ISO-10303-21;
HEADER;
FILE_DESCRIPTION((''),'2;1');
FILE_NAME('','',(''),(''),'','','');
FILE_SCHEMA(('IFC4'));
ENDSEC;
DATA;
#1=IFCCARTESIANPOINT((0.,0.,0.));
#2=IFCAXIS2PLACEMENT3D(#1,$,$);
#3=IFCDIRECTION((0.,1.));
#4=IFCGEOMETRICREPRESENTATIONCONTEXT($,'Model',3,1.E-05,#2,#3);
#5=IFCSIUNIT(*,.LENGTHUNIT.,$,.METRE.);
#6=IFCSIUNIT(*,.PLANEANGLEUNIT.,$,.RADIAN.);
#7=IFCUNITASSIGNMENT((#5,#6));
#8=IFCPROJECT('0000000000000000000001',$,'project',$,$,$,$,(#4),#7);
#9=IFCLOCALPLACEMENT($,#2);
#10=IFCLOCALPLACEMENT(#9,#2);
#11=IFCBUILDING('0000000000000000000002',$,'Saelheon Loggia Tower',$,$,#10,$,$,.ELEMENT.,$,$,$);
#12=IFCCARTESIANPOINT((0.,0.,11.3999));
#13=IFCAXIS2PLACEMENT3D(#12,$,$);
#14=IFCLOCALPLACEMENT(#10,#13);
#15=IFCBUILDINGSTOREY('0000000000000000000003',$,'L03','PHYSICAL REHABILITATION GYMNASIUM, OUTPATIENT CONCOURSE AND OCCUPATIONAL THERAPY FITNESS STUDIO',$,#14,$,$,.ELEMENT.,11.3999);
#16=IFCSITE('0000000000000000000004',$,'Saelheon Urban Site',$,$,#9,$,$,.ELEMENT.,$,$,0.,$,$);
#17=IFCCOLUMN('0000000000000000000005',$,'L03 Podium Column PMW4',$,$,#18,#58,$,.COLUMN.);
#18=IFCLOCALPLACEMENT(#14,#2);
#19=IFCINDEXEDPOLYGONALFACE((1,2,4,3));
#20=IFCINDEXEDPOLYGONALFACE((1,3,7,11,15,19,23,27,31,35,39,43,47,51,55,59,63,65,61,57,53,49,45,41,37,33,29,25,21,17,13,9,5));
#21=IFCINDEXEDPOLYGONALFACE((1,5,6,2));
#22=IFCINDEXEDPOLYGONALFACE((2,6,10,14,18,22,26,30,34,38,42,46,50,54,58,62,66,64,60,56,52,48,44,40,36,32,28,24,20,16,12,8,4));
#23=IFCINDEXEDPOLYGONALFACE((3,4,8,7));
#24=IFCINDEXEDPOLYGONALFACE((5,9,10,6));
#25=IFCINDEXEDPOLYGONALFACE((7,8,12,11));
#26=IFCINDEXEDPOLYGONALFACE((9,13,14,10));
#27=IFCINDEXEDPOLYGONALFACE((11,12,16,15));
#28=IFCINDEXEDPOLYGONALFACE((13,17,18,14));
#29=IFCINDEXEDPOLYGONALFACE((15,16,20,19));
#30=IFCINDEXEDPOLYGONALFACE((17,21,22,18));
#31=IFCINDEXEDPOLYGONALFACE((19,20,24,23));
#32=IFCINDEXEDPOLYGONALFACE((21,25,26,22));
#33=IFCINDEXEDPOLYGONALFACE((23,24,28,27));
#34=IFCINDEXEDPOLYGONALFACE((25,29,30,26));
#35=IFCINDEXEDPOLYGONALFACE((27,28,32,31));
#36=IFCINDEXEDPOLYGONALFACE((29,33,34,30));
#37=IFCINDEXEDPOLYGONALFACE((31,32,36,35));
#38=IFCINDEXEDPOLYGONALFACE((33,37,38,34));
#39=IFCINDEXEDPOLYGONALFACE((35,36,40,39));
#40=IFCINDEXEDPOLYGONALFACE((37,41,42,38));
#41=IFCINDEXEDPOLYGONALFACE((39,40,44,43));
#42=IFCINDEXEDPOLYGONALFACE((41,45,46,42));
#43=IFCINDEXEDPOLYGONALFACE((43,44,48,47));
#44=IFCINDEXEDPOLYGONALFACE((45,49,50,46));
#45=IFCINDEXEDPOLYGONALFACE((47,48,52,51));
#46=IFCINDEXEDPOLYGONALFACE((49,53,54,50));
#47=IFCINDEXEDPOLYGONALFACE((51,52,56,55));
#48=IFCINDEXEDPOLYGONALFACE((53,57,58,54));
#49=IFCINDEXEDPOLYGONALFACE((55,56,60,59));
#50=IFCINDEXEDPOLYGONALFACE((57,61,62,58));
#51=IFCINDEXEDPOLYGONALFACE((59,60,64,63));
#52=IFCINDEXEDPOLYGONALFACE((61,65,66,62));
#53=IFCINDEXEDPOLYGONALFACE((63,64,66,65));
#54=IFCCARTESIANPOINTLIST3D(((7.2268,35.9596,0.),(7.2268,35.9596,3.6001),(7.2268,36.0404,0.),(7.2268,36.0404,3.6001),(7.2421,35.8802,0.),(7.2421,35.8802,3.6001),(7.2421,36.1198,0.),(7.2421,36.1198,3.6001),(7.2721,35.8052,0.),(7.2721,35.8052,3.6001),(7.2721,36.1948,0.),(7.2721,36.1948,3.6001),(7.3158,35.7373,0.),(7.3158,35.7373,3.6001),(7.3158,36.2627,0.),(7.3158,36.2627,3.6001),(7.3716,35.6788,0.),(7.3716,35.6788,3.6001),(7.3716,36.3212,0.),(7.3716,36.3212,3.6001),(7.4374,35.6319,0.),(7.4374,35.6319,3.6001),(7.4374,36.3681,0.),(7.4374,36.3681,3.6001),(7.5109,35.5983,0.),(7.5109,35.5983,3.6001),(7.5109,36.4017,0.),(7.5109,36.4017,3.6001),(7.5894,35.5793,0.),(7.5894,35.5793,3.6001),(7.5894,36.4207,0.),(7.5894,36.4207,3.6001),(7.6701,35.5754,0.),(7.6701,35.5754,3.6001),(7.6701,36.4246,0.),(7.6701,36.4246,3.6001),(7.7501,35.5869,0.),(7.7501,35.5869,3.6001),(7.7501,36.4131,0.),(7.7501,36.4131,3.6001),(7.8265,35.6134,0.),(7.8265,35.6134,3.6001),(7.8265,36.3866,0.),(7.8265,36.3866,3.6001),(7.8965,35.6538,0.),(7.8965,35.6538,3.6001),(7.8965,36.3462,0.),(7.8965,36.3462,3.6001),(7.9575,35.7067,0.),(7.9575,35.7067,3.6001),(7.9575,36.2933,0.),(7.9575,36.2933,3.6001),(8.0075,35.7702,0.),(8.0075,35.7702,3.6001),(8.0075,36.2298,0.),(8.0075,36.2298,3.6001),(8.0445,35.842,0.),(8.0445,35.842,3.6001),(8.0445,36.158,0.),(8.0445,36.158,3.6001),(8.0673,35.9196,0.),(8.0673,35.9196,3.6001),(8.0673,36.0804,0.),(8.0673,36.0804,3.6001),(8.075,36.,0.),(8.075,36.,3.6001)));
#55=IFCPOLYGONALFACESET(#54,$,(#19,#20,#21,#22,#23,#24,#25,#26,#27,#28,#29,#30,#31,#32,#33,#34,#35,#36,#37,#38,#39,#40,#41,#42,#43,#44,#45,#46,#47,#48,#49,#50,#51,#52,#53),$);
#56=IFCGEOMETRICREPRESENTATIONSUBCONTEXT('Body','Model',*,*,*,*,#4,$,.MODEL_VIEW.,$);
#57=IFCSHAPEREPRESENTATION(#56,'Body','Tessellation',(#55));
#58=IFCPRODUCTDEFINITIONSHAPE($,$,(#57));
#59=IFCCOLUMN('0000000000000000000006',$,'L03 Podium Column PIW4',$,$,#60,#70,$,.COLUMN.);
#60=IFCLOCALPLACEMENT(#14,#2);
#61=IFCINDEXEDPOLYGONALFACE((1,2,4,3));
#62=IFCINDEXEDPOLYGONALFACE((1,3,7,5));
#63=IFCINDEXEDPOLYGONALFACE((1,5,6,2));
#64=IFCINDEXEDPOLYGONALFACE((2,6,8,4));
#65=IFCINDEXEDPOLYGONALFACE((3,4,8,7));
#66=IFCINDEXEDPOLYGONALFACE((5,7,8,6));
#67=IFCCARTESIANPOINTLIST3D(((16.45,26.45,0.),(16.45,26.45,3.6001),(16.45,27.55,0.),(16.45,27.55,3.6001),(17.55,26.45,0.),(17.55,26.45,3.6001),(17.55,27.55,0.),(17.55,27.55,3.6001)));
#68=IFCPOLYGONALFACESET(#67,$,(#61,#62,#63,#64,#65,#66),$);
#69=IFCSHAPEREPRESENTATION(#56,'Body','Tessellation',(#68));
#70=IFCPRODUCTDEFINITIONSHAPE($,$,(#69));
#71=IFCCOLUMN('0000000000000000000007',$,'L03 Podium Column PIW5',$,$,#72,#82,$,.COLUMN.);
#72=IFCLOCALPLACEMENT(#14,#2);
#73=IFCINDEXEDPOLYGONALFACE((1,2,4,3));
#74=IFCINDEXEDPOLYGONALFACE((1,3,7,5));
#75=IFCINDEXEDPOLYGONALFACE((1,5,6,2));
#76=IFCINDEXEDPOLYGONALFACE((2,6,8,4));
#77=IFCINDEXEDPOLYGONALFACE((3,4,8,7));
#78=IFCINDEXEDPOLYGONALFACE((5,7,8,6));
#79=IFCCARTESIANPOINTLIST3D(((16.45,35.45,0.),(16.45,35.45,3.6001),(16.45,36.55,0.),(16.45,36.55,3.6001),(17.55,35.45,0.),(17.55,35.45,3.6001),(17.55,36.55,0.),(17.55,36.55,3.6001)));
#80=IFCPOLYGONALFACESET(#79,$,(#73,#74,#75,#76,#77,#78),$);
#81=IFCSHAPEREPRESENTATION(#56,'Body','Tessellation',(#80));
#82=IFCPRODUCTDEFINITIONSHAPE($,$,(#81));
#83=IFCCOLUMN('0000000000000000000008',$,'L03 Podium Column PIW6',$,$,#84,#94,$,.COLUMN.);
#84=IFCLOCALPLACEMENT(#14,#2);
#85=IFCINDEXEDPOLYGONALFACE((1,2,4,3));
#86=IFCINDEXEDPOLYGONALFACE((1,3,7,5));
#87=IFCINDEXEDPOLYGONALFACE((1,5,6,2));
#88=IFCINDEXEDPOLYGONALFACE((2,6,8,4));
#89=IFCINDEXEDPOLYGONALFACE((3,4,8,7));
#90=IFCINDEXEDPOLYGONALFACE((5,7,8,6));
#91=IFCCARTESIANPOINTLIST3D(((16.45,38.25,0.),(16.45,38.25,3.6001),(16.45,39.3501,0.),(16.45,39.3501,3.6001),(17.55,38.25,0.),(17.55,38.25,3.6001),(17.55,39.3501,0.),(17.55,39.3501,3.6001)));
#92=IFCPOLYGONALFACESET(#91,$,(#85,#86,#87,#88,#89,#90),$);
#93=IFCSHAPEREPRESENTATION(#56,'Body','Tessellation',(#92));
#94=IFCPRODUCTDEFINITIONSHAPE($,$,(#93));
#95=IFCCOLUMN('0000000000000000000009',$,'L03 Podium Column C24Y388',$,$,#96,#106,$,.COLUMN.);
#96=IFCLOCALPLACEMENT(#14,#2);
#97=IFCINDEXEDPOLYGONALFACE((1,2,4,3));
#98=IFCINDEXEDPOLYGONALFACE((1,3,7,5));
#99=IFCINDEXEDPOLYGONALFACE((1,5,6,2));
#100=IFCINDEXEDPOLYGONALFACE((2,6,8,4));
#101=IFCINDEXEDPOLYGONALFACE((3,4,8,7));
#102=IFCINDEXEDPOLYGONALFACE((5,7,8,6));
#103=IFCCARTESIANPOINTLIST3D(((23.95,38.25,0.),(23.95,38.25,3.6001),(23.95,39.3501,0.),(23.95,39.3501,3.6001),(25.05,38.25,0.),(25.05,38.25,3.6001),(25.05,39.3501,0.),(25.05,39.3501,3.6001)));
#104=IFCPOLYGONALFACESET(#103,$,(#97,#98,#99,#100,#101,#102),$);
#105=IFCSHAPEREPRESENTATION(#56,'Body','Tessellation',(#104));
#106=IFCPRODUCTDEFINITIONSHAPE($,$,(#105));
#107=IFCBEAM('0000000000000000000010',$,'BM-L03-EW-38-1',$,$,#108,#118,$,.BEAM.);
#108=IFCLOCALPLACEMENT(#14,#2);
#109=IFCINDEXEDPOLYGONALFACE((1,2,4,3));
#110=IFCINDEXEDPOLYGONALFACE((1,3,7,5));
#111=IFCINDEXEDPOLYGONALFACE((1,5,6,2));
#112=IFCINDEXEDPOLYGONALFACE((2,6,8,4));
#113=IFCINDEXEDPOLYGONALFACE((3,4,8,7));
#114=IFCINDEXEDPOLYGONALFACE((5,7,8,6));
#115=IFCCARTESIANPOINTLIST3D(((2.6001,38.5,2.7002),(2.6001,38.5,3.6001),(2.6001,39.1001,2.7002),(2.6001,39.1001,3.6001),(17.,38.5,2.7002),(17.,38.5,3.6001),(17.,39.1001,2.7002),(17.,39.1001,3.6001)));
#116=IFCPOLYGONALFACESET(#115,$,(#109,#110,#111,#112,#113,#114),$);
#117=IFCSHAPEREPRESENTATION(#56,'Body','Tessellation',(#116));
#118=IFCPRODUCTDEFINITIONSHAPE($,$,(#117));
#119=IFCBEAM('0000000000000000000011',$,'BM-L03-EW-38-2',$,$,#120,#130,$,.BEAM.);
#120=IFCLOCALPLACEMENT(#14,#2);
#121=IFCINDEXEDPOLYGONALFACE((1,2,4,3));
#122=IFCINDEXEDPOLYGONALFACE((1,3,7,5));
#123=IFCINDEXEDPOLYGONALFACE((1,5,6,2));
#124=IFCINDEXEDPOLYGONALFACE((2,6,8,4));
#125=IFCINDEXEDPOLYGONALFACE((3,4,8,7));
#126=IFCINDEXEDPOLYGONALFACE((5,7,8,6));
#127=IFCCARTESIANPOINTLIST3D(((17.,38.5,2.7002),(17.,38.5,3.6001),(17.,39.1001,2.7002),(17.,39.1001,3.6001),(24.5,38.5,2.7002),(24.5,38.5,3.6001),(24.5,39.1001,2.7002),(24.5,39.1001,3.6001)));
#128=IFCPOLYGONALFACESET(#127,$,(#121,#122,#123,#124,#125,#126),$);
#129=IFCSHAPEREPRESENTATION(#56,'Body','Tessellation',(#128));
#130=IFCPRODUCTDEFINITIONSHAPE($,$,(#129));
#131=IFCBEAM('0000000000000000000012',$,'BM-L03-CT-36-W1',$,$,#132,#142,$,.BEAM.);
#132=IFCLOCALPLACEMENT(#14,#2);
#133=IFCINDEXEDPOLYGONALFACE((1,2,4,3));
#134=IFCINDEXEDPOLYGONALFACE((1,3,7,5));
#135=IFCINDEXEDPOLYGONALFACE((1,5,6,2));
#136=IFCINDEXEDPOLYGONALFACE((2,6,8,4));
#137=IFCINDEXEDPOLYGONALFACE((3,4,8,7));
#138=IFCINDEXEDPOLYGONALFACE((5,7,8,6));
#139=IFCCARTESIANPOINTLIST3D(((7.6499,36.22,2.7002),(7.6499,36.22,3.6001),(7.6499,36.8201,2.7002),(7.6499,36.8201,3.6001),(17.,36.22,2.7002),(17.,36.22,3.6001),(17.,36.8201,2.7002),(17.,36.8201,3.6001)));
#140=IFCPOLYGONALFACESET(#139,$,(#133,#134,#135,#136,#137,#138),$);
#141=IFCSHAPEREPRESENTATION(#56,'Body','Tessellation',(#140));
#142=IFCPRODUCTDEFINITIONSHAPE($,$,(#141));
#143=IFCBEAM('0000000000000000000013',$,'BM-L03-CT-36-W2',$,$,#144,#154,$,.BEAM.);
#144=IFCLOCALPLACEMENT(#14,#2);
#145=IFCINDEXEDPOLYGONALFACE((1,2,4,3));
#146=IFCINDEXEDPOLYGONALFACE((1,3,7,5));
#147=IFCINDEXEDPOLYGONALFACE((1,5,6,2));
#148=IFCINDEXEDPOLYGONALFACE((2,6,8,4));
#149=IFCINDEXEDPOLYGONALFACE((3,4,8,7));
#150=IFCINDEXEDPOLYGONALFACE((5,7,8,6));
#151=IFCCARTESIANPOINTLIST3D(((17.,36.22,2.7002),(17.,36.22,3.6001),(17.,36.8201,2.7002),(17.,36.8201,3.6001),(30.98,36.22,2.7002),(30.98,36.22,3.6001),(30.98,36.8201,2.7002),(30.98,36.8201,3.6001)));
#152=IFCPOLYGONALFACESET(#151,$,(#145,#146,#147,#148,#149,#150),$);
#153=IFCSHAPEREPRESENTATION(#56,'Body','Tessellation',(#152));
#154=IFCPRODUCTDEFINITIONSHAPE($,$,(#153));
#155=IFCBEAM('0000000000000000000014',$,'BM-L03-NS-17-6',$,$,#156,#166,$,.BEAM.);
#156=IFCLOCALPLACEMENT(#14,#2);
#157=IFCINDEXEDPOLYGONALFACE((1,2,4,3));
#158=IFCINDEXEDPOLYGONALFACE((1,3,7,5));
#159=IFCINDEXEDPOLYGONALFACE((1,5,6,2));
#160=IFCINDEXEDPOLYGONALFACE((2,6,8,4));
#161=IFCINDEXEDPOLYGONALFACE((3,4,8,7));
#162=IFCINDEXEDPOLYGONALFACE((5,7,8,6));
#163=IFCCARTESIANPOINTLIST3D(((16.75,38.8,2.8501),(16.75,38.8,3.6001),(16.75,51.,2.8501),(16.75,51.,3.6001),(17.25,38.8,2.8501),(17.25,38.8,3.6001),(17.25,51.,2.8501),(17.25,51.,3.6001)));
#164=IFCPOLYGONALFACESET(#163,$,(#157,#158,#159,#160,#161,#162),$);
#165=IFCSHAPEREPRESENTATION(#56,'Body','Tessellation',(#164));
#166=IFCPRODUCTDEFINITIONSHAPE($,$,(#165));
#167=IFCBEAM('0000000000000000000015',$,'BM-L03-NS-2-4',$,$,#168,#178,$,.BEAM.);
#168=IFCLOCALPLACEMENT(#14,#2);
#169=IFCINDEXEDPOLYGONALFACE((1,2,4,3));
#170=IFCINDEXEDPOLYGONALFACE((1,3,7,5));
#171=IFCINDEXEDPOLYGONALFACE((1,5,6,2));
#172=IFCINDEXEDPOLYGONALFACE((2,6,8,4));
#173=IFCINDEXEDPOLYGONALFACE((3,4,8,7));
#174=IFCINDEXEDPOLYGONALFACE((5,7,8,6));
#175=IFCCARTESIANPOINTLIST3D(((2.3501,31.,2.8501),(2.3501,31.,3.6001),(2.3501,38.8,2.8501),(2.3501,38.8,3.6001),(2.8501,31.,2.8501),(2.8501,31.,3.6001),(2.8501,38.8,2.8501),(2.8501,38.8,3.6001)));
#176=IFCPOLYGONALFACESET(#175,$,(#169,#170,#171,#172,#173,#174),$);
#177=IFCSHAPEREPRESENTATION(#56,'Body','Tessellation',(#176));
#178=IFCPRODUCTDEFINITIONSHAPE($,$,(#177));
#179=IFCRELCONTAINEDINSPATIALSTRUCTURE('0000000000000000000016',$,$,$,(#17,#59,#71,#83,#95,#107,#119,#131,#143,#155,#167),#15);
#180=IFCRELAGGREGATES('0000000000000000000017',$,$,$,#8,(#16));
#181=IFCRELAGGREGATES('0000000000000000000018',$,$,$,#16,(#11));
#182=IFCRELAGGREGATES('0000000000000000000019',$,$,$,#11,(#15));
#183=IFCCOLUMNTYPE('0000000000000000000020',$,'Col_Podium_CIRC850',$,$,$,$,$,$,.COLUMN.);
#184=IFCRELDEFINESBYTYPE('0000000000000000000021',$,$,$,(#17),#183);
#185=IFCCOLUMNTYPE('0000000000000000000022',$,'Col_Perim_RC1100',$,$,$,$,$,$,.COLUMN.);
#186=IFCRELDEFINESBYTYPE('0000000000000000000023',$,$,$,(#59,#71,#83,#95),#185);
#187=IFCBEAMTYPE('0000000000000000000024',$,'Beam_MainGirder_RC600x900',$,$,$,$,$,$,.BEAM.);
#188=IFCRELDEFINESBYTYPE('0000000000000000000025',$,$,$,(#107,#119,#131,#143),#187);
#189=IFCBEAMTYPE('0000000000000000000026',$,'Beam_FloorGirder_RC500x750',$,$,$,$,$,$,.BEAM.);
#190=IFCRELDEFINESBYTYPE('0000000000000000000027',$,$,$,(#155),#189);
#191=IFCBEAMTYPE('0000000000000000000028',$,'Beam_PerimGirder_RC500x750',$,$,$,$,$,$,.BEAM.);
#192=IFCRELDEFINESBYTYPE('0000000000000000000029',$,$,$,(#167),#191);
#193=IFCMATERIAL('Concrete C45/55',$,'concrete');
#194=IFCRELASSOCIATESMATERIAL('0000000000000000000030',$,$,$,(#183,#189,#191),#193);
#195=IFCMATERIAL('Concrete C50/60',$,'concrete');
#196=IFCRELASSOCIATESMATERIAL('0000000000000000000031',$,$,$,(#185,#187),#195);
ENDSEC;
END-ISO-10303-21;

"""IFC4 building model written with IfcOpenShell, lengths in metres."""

from ifc_helpers import new_model, si_unit, direction, frame, origin, origin_2d, place, context, subcontext, project, spatial, rectangle, circle, extrude, source, transform, mapped, material, material_profile, profile_set, type_object, element, save


model = new_model("IFC4")

# Units and contexts
model_context = context("Model", 3, precision=1e-05, world=origin(), true_north=direction((0.0, 1.0)))
body_context = subcontext(model_context, "Body", "Model", "MODEL_VIEW")
ifc_project = project(units=[si_unit("LENGTHUNIT", "METRE"), si_unit("PLANEANGLEUNIT", "RADIAN")], contexts=[model_context])

# Site, building, storey
site_placement = place(None, origin())
site = spatial("IfcSite", under=ifc_project, at=site_placement, Name="Saelheon Urban Site", CompositionType="ELEMENT", RefElevation=0.0)
building_placement = place(site_placement, origin())
building = spatial("IfcBuilding", under=site, at=building_placement, Name="Saelheon Loggia Tower", CompositionType="ELEMENT")
storey_placement = place(building_placement, frame((0.0, 0.0, 11.3999)))
storey = spatial("IfcBuildingStorey", under=building, at=storey_placement, Name="L03", Description="PHYSICAL REHABILITATION GYMNASIUM, OUTPATIENT CONCOURSE AND OCCUPATIONAL THERAPY FITNESS STUDIO", CompositionType="ELEMENT", Elevation=11.3999)

# Columns
ifc_material_1 = material(Name="Concrete C50/60", Category="concrete")
ifc_material_2 = material(Name="Concrete C45/55", Category="concrete")
ifc_material_profile_1 = material_profile(ifc_material_2, circle(Radius=0.425, at=origin_2d()), Name="CIRC-850")
ifc_profile_set_1 = profile_set([ifc_material_profile_1], Name="Concrete C45/55")
column_type_1 = type_object("IfcColumnType", Name="Col_Podium_CIRC850", PredefinedType="COLUMN", material=ifc_profile_set_1)
shared_shape_1 = source(origin(), body_context, "Body", "SweptSolid", [
    extrude(circle(Radius=0.425, at=origin_2d()), origin(), (0.0, 0.0, 1.0), 3.6001),
])
for number, where, z_axis, x_axis, name in (
    (1, (7.6499, 36.0, 0.0), (0.0, 0.0, 1.0), (1.0, 0.0, 0.0), "L03 Podium Column PMW4"),
):
    element("IfcColumn", number, at=place(storey_placement, frame(where, z_axis=z_axis, x_axis=x_axis)), inside=storey, type_object=column_type_1, Name=name, PredefinedType="COLUMN", context=body_context, shape_type="MappedRepresentation", body=[
        mapped(shared_shape_1, transform((0.0, 0.0, 0.0), scale=1.0)),
    ])
ifc_material_profile_2 = material_profile(ifc_material_1, rectangle(XDim=1.1001, YDim=1.1001, at=origin_2d()), Name="RC-1100x1100")
ifc_profile_set_2 = profile_set([ifc_material_profile_2], Name="Concrete C50/60")
column_type_2 = type_object("IfcColumnType", Name="Col_Perim_RC1100", PredefinedType="COLUMN", material=ifc_profile_set_2)
shared_shape_2 = source(origin(), body_context, "Body", "SweptSolid", [
    extrude(rectangle(XDim=1.1001, YDim=1.1001, at=origin_2d()), origin(), (0.0, 0.0, 1.0), 3.6001),
])
for number, where, z_axis, x_axis, name in (
    (2, (17.0, 27.0, 0.0), (0.0, 0.0, 1.0), (1.0, 0.0, 0.0), "L03 Podium Column PIW4"),
    (3, (17.0, 36.0, 0.0), (0.0, 0.0, 1.0), (1.0, 0.0, 0.0), "L03 Podium Column PIW5"),
    (4, (17.0, 38.8, 0.0), (0.0, 0.0, 1.0), (1.0, 0.0, 0.0), "L03 Podium Column PIW6"),
    (5, (24.5, 38.8, 0.0), (0.0, 0.0, 1.0), (1.0, 0.0, 0.0), "L03 Podium Column C24Y388"),
):
    element("IfcColumn", number, at=place(storey_placement, frame(where, z_axis=z_axis, x_axis=x_axis)), inside=storey, type_object=column_type_2, Name=name, PredefinedType="COLUMN", context=body_context, shape_type="MappedRepresentation", body=[
        mapped(shared_shape_2, transform((0.0, 0.0, 0.0), scale=1.0)),
    ])

# Beams
ifc_material_profile_3 = material_profile(ifc_material_1, rectangle(XDim=0.6001, YDim=0.8999, at=origin_2d()), Name="RC-600x900")
ifc_profile_set_3 = profile_set([ifc_material_profile_3], Name="Concrete C50/60")
beam_type_1 = type_object("IfcBeamType", Name="Beam_MainGirder_RC600x900", PredefinedType="BEAM", material=ifc_profile_set_3)
shared_shape_3 = source(origin(), body_context, "Body", "SweptSolid", [
    extrude(rectangle(XDim=0.6001, YDim=0.8999, at=origin_2d()), origin(), (0.0, 0.0, 1.0), 14.3999),
])
beam_1_placement = place(storey_placement, frame((2.6001, 38.8, 3.1501), z_axis=(1.0, 0.0, 0.0), x_axis=(0.0, 1.0, 0.0)))
element("IfcBeam", 6, at=beam_1_placement, inside=storey, type_object=beam_type_1, Name="BM-L03-EW-38-1", PredefinedType="BEAM", context=body_context, shape_type="MappedRepresentation", body=[
    mapped(shared_shape_3, transform((0.0, 0.0, 0.0), scale=1.0)),
])
shared_shape_4 = source(origin(), body_context, "Body", "SweptSolid", [
    extrude(rectangle(XDim=0.6001, YDim=0.8999, at=origin_2d()), origin(), (0.0, 0.0, 1.0), 7.5),
])
beam_2_placement = place(storey_placement, frame((17.0, 38.8, 3.1501), z_axis=(1.0, 0.0, 0.0), x_axis=(0.0, 1.0, 0.0)))
element("IfcBeam", 7, at=beam_2_placement, inside=storey, type_object=beam_type_1, Name="BM-L03-EW-38-2", PredefinedType="BEAM", context=body_context, shape_type="MappedRepresentation", body=[
    mapped(shared_shape_4, transform((0.0, 0.0, 0.0), scale=1.0)),
])
shared_shape_5 = source(origin(), body_context, "Body", "SweptSolid", [
    extrude(rectangle(XDim=0.6001, YDim=0.8999, at=origin_2d()), origin(), (0.0, 0.0, 1.0), 9.3501),
])
beam_3_placement = place(storey_placement, frame((7.6499, 36.52, 3.1501), z_axis=(1.0, 0.0, 0.0), x_axis=(0.0, 1.0, 0.0)))
element("IfcBeam", 8, at=beam_3_placement, inside=storey, type_object=beam_type_1, Name="BM-L03-CT-36-W1", PredefinedType="BEAM", context=body_context, shape_type="MappedRepresentation", body=[
    mapped(shared_shape_5, transform((0.0, 0.0, 0.0), scale=1.0)),
])
shared_shape_6 = source(origin(), body_context, "Body", "SweptSolid", [
    extrude(rectangle(XDim=0.6001, YDim=0.8999, at=origin_2d()), origin(), (0.0, 0.0, 1.0), 13.98),
])
beam_4_placement = place(storey_placement, frame((17.0, 36.52, 3.1501), z_axis=(1.0, 0.0, 0.0), x_axis=(0.0, 1.0, 0.0)))
element("IfcBeam", 9, at=beam_4_placement, inside=storey, type_object=beam_type_1, Name="BM-L03-CT-36-W2", PredefinedType="BEAM", context=body_context, shape_type="MappedRepresentation", body=[
    mapped(shared_shape_6, transform((0.0, 0.0, 0.0), scale=1.0)),
])
ifc_material_profile_4 = material_profile(ifc_material_2, rectangle(XDim=0.5, YDim=0.75, at=origin_2d()), Name="RC-500x750")
ifc_profile_set_4 = profile_set([ifc_material_profile_4], Name="Concrete C45/55")
beam_type_2 = type_object("IfcBeamType", Name="Beam_FloorGirder_RC500x750", PredefinedType="BEAM", material=ifc_profile_set_4)
shared_shape_7 = source(origin(), body_context, "Body", "SweptSolid", [
    extrude(rectangle(XDim=0.5, YDim=0.75, at=origin_2d()), origin(), (0.0, 0.0, 1.0), 12.2),
])
beam_5_placement = place(storey_placement, frame((17.0, 38.8, 3.2251), z_axis=(0.0, 1.0, 0.0), x_axis=(-1.0, 0.0, 0.0)))
element("IfcBeam", 10, at=beam_5_placement, inside=storey, type_object=beam_type_2, Name="BM-L03-NS-17-6", PredefinedType="BEAM", context=body_context, shape_type="MappedRepresentation", body=[
    mapped(shared_shape_7, transform((0.0, 0.0, 0.0), scale=1.0)),
])
ifc_material_profile_5 = material_profile(ifc_material_2, rectangle(XDim=0.5, YDim=0.75, at=origin_2d()), Name="RC-500x750")
ifc_profile_set_5 = profile_set([ifc_material_profile_5], Name="Concrete C45/55")
beam_type_3 = type_object("IfcBeamType", Name="Beam_PerimGirder_RC500x750", PredefinedType="BEAM", material=ifc_profile_set_5)
shared_shape_8 = source(origin(), body_context, "Body", "SweptSolid", [
    extrude(rectangle(XDim=0.5, YDim=0.75, at=origin_2d()), origin(), (0.0, 0.0, 1.0), 7.8),
])
beam_6_placement = place(storey_placement, frame((2.6001, 31.0, 3.2251), z_axis=(0.0, 1.0, 0.0), x_axis=(-1.0, 0.0, 0.0)))
element("IfcBeam", 11, at=beam_6_placement, inside=storey, type_object=beam_type_3, Name="BM-L03-NS-2-4", PredefinedType="BEAM", context=body_context, shape_type="MappedRepresentation", body=[
    mapped(shared_shape_8, transform((0.0, 0.0, 0.0), scale=1.0)),
])

save(model, "model.ifc")
